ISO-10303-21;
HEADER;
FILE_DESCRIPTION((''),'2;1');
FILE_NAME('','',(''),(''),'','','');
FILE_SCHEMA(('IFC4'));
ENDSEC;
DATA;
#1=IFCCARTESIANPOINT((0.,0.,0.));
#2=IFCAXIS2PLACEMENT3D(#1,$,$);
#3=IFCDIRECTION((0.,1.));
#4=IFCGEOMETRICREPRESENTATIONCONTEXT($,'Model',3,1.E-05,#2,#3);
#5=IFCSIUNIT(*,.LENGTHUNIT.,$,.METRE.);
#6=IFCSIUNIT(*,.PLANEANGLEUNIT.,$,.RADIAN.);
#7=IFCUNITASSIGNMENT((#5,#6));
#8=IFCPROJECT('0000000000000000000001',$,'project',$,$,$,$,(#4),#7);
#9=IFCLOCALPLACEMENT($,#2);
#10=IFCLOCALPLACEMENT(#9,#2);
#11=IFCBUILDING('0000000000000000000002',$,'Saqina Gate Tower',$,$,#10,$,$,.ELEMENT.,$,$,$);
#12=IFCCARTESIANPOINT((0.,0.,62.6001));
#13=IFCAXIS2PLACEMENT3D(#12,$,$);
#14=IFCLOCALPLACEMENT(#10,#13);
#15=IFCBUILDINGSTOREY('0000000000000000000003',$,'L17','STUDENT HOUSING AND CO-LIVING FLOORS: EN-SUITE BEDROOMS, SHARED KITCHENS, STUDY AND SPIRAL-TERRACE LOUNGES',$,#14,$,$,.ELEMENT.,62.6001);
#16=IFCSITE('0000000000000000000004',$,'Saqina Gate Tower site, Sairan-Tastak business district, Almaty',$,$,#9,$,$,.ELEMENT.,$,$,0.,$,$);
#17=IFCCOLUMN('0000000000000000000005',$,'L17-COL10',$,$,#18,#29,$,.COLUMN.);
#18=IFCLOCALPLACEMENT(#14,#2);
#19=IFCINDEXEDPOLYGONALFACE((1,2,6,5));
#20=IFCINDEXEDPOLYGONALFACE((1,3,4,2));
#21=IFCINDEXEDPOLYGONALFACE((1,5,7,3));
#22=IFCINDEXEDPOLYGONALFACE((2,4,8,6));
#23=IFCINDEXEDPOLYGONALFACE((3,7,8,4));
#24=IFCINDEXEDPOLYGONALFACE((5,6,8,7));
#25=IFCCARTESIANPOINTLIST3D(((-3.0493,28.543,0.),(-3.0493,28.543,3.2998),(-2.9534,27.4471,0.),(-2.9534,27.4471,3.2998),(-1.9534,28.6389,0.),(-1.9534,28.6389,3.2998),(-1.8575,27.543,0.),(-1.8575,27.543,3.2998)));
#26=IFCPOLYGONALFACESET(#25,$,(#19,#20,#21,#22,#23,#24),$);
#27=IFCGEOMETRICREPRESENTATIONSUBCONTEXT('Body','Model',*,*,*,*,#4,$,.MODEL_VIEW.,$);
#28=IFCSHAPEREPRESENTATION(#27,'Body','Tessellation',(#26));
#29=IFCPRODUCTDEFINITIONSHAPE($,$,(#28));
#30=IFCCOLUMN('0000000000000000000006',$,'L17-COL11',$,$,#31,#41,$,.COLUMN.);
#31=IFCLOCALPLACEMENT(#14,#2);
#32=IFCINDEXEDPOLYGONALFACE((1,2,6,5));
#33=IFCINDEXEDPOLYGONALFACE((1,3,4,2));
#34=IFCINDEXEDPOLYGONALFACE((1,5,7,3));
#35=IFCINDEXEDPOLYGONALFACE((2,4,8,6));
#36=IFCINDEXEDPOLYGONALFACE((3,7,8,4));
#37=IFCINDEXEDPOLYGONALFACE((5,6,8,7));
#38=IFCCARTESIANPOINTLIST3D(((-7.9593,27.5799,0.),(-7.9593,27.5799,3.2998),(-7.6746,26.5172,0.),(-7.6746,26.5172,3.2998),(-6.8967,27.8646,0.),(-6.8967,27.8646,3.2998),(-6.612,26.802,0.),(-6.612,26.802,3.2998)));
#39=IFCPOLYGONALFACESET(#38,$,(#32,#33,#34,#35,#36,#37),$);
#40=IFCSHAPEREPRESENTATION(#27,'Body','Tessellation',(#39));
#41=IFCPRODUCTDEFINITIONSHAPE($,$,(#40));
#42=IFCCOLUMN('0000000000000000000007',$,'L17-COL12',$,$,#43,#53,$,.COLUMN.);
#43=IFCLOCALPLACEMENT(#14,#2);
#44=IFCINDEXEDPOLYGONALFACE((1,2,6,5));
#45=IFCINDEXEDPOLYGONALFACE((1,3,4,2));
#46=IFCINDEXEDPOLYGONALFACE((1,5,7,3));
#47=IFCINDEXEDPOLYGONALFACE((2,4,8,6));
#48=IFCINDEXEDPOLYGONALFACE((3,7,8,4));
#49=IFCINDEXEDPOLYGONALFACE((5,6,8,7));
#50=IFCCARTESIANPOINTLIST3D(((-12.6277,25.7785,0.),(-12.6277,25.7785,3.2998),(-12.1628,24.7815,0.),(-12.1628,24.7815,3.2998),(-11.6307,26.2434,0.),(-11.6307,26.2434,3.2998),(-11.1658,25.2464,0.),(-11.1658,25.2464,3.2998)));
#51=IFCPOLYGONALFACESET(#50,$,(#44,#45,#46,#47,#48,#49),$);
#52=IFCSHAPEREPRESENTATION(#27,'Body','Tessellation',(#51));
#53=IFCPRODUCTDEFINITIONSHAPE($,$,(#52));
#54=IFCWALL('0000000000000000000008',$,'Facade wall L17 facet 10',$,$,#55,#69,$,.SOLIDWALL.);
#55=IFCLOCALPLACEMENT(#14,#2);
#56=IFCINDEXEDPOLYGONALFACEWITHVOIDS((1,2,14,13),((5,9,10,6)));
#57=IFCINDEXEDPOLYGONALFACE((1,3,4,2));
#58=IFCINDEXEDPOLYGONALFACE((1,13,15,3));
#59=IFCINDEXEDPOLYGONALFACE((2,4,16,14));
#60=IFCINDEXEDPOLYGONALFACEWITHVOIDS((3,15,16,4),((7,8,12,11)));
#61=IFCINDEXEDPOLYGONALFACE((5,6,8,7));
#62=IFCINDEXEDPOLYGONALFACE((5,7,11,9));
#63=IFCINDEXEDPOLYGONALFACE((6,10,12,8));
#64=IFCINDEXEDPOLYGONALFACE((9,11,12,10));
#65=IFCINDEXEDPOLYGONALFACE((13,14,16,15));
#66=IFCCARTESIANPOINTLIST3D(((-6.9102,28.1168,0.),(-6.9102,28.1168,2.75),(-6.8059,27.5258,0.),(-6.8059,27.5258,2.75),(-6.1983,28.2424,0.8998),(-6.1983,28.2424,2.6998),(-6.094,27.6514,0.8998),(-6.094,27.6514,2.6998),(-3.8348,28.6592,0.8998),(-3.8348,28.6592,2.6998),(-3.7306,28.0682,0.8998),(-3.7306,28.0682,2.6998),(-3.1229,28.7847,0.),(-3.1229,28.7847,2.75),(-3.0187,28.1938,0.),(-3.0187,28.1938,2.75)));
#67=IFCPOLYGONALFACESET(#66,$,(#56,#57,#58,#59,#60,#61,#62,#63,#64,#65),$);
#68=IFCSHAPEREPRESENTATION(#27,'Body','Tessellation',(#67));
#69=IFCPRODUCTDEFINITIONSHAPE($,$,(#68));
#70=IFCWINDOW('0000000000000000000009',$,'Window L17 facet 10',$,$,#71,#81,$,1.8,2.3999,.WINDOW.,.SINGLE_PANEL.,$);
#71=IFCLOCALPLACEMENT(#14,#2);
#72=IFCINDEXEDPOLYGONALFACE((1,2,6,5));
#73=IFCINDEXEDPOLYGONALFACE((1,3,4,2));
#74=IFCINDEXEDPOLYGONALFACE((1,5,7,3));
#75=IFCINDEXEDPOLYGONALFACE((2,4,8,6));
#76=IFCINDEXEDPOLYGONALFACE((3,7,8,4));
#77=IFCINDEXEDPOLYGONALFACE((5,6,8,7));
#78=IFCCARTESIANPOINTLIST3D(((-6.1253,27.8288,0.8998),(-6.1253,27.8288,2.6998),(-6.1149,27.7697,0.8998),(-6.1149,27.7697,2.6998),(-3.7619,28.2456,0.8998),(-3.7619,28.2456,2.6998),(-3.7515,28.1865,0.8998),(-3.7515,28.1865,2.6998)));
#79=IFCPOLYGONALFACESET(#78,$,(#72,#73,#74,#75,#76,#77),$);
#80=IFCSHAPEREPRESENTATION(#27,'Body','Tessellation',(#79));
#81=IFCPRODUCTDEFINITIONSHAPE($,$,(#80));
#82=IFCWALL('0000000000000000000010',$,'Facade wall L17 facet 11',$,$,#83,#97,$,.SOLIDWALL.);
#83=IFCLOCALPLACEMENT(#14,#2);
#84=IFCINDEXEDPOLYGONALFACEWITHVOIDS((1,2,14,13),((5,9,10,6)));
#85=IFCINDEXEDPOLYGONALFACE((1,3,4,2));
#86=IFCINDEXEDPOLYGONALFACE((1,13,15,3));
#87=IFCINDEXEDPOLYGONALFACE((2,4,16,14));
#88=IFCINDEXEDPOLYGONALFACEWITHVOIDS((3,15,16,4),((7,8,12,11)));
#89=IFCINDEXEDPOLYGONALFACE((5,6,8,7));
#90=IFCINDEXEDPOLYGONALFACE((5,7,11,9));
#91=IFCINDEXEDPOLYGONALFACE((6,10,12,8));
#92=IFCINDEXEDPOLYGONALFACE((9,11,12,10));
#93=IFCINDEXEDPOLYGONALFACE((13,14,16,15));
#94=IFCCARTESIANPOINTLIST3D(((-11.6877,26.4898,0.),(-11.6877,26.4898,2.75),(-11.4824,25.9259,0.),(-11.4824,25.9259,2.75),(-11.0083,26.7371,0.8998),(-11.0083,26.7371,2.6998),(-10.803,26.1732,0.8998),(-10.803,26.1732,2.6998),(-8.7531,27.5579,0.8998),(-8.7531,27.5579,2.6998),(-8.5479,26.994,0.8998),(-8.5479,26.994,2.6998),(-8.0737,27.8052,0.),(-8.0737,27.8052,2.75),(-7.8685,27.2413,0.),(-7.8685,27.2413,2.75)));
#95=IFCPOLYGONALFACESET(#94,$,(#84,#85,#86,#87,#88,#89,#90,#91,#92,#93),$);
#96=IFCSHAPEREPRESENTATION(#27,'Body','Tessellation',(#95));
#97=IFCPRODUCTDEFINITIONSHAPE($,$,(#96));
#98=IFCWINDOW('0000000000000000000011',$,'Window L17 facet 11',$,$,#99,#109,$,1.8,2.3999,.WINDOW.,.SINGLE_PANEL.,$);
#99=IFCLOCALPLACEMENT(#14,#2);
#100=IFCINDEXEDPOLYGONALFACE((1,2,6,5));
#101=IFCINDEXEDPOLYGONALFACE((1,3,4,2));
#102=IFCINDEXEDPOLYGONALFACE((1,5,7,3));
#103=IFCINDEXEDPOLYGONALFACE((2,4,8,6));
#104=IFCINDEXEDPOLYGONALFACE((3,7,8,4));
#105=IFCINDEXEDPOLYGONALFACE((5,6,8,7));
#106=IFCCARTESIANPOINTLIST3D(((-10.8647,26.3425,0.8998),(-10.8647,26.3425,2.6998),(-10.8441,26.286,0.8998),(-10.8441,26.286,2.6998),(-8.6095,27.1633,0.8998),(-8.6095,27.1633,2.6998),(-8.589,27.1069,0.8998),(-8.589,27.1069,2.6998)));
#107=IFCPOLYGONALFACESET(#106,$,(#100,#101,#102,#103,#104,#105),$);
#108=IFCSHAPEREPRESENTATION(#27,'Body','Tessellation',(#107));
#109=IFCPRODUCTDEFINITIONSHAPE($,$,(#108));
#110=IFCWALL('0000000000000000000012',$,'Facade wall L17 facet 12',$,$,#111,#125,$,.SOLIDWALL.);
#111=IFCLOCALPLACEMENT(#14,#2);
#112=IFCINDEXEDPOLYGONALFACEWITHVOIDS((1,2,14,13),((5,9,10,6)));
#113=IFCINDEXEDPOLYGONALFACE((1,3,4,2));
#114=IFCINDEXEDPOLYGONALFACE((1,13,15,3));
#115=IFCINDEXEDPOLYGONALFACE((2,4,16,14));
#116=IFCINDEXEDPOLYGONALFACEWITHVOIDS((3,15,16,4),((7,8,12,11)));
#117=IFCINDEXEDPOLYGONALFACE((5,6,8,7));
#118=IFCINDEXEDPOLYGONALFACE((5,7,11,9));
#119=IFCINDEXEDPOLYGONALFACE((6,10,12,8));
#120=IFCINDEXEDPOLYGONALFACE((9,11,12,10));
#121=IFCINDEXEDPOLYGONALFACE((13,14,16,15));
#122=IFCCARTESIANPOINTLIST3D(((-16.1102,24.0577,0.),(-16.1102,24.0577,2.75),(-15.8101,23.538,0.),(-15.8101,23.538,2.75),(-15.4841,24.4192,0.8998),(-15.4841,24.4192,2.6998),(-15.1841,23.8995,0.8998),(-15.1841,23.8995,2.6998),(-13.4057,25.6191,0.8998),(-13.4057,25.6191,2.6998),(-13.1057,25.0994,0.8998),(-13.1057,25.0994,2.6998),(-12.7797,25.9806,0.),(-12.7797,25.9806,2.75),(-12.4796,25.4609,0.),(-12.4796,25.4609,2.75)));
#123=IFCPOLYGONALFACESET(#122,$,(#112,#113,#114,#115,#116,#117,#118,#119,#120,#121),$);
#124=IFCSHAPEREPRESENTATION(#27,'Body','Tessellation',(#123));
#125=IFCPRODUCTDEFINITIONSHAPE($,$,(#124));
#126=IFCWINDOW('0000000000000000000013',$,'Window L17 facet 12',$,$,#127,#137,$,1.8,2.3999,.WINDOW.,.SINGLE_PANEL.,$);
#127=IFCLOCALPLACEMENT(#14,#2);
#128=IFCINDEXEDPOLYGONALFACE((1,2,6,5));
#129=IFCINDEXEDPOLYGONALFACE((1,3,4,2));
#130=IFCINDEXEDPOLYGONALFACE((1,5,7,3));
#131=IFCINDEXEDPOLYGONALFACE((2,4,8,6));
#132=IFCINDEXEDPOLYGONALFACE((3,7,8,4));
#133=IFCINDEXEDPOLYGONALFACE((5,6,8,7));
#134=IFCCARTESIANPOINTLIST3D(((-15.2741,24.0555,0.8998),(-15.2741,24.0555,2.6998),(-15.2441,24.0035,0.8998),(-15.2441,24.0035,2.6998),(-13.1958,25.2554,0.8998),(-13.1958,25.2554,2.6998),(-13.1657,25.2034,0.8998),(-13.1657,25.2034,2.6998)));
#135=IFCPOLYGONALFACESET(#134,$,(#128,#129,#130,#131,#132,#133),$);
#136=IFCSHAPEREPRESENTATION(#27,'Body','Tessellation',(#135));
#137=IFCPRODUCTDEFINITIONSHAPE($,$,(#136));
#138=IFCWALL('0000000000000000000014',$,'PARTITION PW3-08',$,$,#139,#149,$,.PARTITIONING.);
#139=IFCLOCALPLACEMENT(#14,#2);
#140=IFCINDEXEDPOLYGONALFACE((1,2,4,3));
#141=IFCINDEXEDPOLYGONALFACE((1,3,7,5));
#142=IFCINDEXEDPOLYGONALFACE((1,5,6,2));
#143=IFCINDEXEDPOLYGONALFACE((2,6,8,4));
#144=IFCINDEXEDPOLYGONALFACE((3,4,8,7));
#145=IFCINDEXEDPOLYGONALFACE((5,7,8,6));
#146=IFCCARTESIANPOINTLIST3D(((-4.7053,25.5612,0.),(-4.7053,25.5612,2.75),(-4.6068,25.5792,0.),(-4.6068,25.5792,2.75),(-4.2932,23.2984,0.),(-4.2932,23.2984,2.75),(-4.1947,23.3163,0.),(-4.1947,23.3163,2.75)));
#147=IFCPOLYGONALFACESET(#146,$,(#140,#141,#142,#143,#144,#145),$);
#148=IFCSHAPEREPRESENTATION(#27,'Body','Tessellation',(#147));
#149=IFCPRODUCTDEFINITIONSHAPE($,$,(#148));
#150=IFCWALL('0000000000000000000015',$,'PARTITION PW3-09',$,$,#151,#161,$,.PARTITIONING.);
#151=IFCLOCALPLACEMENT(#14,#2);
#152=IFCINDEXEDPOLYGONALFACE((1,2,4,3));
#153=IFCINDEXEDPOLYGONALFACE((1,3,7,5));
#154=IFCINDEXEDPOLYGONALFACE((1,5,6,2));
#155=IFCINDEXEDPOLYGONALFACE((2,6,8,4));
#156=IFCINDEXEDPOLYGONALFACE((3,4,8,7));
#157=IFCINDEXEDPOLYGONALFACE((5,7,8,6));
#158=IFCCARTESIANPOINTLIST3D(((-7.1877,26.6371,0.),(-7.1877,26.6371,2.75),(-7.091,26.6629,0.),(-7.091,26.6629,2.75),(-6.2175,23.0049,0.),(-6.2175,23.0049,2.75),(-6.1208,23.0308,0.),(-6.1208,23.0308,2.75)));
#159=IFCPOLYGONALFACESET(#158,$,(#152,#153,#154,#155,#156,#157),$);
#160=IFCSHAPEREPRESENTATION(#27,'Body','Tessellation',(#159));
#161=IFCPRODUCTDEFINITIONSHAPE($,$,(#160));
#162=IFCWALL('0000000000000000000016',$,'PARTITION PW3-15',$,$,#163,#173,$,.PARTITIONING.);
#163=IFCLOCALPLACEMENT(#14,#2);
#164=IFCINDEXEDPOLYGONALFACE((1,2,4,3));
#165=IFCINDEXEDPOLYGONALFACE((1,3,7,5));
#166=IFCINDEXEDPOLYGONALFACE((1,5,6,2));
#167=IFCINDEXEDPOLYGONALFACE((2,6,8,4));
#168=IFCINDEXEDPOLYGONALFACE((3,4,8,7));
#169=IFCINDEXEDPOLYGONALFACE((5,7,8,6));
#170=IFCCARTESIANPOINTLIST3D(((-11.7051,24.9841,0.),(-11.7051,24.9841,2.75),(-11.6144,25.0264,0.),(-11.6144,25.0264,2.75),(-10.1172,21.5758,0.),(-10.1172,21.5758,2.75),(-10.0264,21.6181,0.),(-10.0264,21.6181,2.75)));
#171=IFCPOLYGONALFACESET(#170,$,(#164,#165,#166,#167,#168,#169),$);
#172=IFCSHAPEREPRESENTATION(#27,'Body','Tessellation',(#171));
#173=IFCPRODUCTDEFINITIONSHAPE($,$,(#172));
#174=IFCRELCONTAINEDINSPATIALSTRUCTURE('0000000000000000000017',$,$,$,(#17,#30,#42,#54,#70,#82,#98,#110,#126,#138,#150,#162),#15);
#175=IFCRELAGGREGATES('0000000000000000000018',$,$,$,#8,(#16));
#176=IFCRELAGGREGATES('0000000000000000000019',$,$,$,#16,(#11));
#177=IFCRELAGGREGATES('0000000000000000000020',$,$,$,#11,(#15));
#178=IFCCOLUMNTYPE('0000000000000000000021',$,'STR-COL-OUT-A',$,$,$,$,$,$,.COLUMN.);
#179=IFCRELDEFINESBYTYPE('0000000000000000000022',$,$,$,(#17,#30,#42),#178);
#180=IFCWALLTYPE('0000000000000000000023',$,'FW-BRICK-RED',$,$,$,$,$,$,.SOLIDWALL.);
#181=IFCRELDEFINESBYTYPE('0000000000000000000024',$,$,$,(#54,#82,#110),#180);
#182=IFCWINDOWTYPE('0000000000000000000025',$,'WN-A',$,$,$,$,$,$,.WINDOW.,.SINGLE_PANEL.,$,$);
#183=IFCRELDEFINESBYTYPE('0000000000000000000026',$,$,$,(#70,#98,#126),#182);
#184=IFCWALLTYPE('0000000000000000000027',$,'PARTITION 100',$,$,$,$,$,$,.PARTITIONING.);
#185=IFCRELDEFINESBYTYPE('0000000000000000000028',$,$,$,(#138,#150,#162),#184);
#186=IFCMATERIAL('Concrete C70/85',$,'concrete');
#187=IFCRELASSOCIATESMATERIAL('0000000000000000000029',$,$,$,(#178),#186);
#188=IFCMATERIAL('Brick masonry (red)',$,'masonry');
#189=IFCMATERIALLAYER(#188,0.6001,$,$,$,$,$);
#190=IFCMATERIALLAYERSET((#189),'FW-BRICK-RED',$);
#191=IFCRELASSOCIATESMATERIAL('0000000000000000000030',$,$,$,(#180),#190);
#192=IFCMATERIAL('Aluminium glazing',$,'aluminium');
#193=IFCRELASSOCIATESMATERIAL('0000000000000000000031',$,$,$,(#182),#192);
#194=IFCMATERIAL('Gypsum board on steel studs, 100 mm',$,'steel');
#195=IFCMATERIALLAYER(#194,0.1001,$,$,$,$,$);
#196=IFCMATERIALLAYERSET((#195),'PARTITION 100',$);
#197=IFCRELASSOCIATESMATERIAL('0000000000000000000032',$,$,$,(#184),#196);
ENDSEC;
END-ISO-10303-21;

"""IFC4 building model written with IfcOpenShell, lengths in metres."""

from ifc_helpers import new_model, si_unit, direction, frame, frame_2d, origin, origin_2d, place, context, subcontext, project, spatial, rectangle, extrude, material, layer, layer_set, material_profile, profile_set, type_object, element, fill, save


model = new_model("IFC4")

# Units and contexts
model_context = context("Model", 3, precision=1e-05, world=origin(), true_north=direction((0.0, 1.0)))
body_context = subcontext(model_context, "Body", "Model", "MODEL_VIEW")
ifc_project = project(units=[si_unit("LENGTHUNIT", "METRE"), si_unit("PLANEANGLEUNIT", "RADIAN")], contexts=[model_context])

# Site, building, storey
site_placement = place(None, origin())
site = spatial("IfcSite", under=ifc_project, at=site_placement, Name="Saqina Gate Tower site, Sairan-Tastak business district, Almaty", CompositionType="ELEMENT", RefElevation=0.0)
building_placement = place(site_placement, origin())
building = spatial("IfcBuilding", under=site, at=building_placement, Name="Saqina Gate Tower", CompositionType="ELEMENT")
storey_placement = place(building_placement, frame((0.0, 0.0, 62.6001)))
storey = spatial("IfcBuildingStorey", under=building, at=storey_placement, Name="L17", Description="STUDENT HOUSING AND CO-LIVING FLOORS: EN-SUITE BEDROOMS, SHARED KITCHENS, STUDY AND SPIRAL-TERRACE LOUNGES", CompositionType="ELEMENT", Elevation=62.6001)

# Columns
ifc_material_1 = material(Name="Concrete C70/85", Category="concrete")
ifc_material_profile = material_profile(ifc_material_1, rectangle(XDim=1.1001, YDim=1.1001, at=origin_2d()), Name="RC 1100x1100")
ifc_profile_set = profile_set([ifc_material_profile], Name="Concrete C70/85")
column_type = type_object("IfcColumnType", Name="STR-COL-OUT-A", PredefinedType="COLUMN", material=ifc_profile_set)
for number, where, z_axis, x_axis, name in (
    (1, (-2.4534, 28.043, 0.0), (0.0, 0.0, 1.0), (-0.087156, 0.996195, 0.0), "L17-COL10"),
    (2, (-7.2856, 27.1909, 0.0), (0.0, 0.0, 1.0), (-0.258819, 0.965926, 0.0), "L17-COL11"),
    (3, (-11.8967, 25.5125, 0.0), (0.0, 0.0, 1.0), (-0.422618, 0.906308, 0.0), "L17-COL12"),
):
    element("IfcColumn", number, at=place(storey_placement, frame(where, z_axis=z_axis, x_axis=x_axis)), inside=storey, type_object=column_type, Name=name, PredefinedType="COLUMN", context=body_context, shape_type="SweptSolid", body=[
        extrude(rectangle(XDim=1.1001, YDim=1.1001, at=origin_2d()), origin(), (0.0, 0.0, 1.0), 3.2998),
    ])

# Walls, openings, windows
ifc_material_2 = material(Name="Brick masonry (red)", Category="masonry")
ifc_layer_1 = layer(ifc_material_2, 0.6001)
ifc_layer_set_1 = layer_set([ifc_layer_1], Name="FW-BRICK-RED")
wall_type_1 = type_object("IfcWallType", Name="FW-BRICK-RED", PredefinedType="SOLIDWALL", material=ifc_layer_set_1)
wall_1_placement = place(storey_placement, frame((-3.0708, 28.4893, 0.0), z_axis=(0.0, 0.0, 1.0), x_axis=(-0.984801, -0.173688, 0.0)))
wall_1 = element("IfcWall", 4, at=wall_1_placement, inside=storey, type_object=wall_type_1, Name="Facade wall L17 facet 10", PredefinedType="SOLIDWALL", context=body_context, shape_type="SweptSolid", body=[
    extrude(rectangle(XDim=3.8457, YDim=0.6001, at=frame_2d((1.9229, 0.0))), origin(), (0.0, 0.0, 1.0), 2.75),
])
opening_1_placement = place(wall_1_placement, frame((0.7229, 0.0, 0.8999)))
opening_1 = element("IfcOpeningElement", 5, at=opening_1_placement, cuts=wall_1, PredefinedType="OPENING", context=body_context, shape_type="SweptSolid", body=[
    extrude(rectangle(XDim=2.3999, YDim=1.8, at=frame_2d((1.2, 0.8999))), frame((0.0, 0.312, 0.0), z_axis=(0.0, -1.0, 0.0), x_axis=(1.0, 0.0, 0.0)), (0.0, 0.0, 1.0), 0.624),
])
ifc_material_3 = material(Name="Aluminium glazing", Category="aluminium")
window_type = type_object("IfcWindowType", Name="WN-A", PartitioningType="SINGLE_PANEL", PredefinedType="WINDOW", material=ifc_material_3)
window_1_placement = place(opening_1_placement, origin())
window_1 = element("IfcWindow", 6, at=window_1_placement, inside=storey, type_object=window_type, Name="Window L17 facet 10", OverallHeight=1.8, OverallWidth=2.3999, PartitioningType="SINGLE_PANEL", PredefinedType="WINDOW", context=body_context, shape_type="SweptSolid", body=[
    extrude(rectangle(XDim=2.3999, YDim=1.8, at=frame_2d((1.2, 0.8999))), frame((0.0, 0.1799, 0.0), z_axis=(0.0, -1.0, 0.0), x_axis=(1.0, 0.0, 0.0)), (0.0, 0.0, 1.0), 0.0601),
])
fill(opening_1, window_1)
wall_2_placement = place(storey_placement, frame((-7.9712, 27.5232, 0.0), z_axis=(0.0, 0.0, 1.0), x_axis=(-0.93969, -0.342028, 0.0)))
wall_2 = element("IfcWall", 7, at=wall_2_placement, inside=storey, type_object=wall_type_1, Name="Facade wall L17 facet 11", PredefinedType="SOLIDWALL", context=body_context, shape_type="SweptSolid", body=[
    extrude(rectangle(XDim=3.8459, YDim=0.6001, at=frame_2d((1.9229, 0.0))), origin(), (0.0, 0.0, 1.0), 2.75),
])
opening_2_placement = place(wall_2_placement, frame((0.7229, 0.0, 0.8999)))
opening_2 = element("IfcOpeningElement", 8, at=opening_2_placement, cuts=wall_2, PredefinedType="OPENING", context=body_context, shape_type="SweptSolid", body=[
    extrude(rectangle(XDim=2.3999, YDim=1.8, at=frame_2d((1.2, 0.8999))), frame((0.0, 0.312, 0.0), z_axis=(0.0, -1.0, 0.0), x_axis=(1.0, 0.0, 0.0)), (0.0, 0.0, 1.0), 0.624),
])
window_2_placement = place(opening_2_placement, origin())
window_2 = element("IfcWindow", 9, at=window_2_placement, inside=storey, type_object=window_type, Name="Window L17 facet 11", OverallHeight=1.8, OverallWidth=2.3999, PartitioningType="SINGLE_PANEL", PredefinedType="WINDOW", context=body_context, shape_type="SweptSolid", body=[
    extrude(rectangle(XDim=2.3999, YDim=1.8, at=frame_2d((1.2, 0.8999))), frame((0.0, 0.1799, 0.0), z_axis=(0.0, -1.0, 0.0), x_axis=(1.0, 0.0, 0.0)), (0.0, 0.0, 1.0), 0.0601),
])
fill(opening_2, window_2)
wall_3_placement = place(storey_placement, frame((-12.6296, 25.7207, 0.0), z_axis=(0.0, 0.0, 1.0), x_axis=(-0.866031, -0.49999, 0.0)))
wall_3 = element("IfcWall", 10, at=wall_3_placement, inside=storey, type_object=wall_type_1, Name="Facade wall L17 facet 12", PredefinedType="SOLIDWALL", context=body_context, shape_type="SweptSolid", body=[
    extrude(rectangle(XDim=3.8457, YDim=0.6001, at=frame_2d((1.9229, 0.0))), origin(), (0.0, 0.0, 1.0), 2.75),
])
opening_3_placement = place(wall_3_placement, frame((0.7229, 0.0, 0.8999)))
opening_3 = element("IfcOpeningElement", 11, at=opening_3_placement, cuts=wall_3, PredefinedType="OPENING", context=body_context, shape_type="SweptSolid", body=[
    extrude(rectangle(XDim=2.3999, YDim=1.8, at=frame_2d((1.2, 0.8999))), frame((0.0, 0.312, 0.0), z_axis=(0.0, -1.0, 0.0), x_axis=(1.0, 0.0, 0.0)), (0.0, 0.0, 1.0), 0.624),
])
window_3_placement = place(opening_3_placement, origin())
window_3 = element("IfcWindow", 12, at=window_3_placement, inside=storey, type_object=window_type, Name="Window L17 facet 12", OverallHeight=1.8, OverallWidth=2.3999, PartitioningType="SINGLE_PANEL", PredefinedType="WINDOW", context=body_context, shape_type="SweptSolid", body=[
    extrude(rectangle(XDim=2.3999, YDim=1.8, at=frame_2d((1.2, 0.8999))), frame((0.0, 0.1799, 0.0), z_axis=(0.0, -1.0, 0.0), x_axis=(1.0, 0.0, 0.0)), (0.0, 0.0, 1.0), 0.0601),
])
fill(opening_3, window_3)

# Walls
ifc_material_4 = material(Name="Gypsum board on steel studs, 100 mm", Category="steel")
ifc_layer_2 = layer(ifc_material_4, 0.1001)
ifc_layer_set_2 = layer_set([ifc_layer_2], Name="PARTITION 100")
wall_type_2 = type_object("IfcWallType", Name="PARTITION 100", PredefinedType="PARTITIONING", material=ifc_layer_set_2)
wall_4_placement = place(storey_placement, frame((-4.656, 25.5701, 0.0), z_axis=(0.0, 0.0, 1.0), x_axis=(0.179166, -0.983819, 0.0)))
element("IfcWall", 13, at=wall_4_placement, inside=storey, type_object=wall_type_2, Name="PARTITION PW3-08", PredefinedType="PARTITIONING", context=body_context, shape_type="SweptSolid", body=[
    extrude(rectangle(XDim=2.3, YDim=0.1001, at=frame_2d((1.1499, 0.0))), origin(), (0.0, 0.0, 1.0), 2.75),
])
wall_5_placement = place(storey_placement, frame((-7.1394, 26.6501, 0.0), z_axis=(0.0, 0.0, 1.0), x_axis=(0.258075, -0.966125, 0.0)))
element("IfcWall", 14, at=wall_5_placement, inside=storey, type_object=wall_type_2, Name="PARTITION PW3-09", PredefinedType="PARTITIONING", context=body_context, shape_type="SweptSolid", body=[
    extrude(rectangle(XDim=3.7595, YDim=0.1001, at=frame_2d((1.8799, 0.0))), origin(), (0.0, 0.0, 1.0), 2.75),
])
wall_6_placement = place(storey_placement, frame((-11.6597, 25.0051, 0.0), z_axis=(0.0, 0.0, 1.0), x_axis=(0.422317, -0.906448, 0.0)))
element("IfcWall", 15, at=wall_6_placement, inside=storey, type_object=wall_type_2, Name="PARTITION PW3-15", PredefinedType="PARTITIONING", context=body_context, shape_type="SweptSolid", body=[
    extrude(rectangle(XDim=3.76, YDim=0.1001, at=frame_2d((1.8799, 0.0))), origin(), (0.0, 0.0, 1.0), 2.75),
])

save(model, "model.ifc")
